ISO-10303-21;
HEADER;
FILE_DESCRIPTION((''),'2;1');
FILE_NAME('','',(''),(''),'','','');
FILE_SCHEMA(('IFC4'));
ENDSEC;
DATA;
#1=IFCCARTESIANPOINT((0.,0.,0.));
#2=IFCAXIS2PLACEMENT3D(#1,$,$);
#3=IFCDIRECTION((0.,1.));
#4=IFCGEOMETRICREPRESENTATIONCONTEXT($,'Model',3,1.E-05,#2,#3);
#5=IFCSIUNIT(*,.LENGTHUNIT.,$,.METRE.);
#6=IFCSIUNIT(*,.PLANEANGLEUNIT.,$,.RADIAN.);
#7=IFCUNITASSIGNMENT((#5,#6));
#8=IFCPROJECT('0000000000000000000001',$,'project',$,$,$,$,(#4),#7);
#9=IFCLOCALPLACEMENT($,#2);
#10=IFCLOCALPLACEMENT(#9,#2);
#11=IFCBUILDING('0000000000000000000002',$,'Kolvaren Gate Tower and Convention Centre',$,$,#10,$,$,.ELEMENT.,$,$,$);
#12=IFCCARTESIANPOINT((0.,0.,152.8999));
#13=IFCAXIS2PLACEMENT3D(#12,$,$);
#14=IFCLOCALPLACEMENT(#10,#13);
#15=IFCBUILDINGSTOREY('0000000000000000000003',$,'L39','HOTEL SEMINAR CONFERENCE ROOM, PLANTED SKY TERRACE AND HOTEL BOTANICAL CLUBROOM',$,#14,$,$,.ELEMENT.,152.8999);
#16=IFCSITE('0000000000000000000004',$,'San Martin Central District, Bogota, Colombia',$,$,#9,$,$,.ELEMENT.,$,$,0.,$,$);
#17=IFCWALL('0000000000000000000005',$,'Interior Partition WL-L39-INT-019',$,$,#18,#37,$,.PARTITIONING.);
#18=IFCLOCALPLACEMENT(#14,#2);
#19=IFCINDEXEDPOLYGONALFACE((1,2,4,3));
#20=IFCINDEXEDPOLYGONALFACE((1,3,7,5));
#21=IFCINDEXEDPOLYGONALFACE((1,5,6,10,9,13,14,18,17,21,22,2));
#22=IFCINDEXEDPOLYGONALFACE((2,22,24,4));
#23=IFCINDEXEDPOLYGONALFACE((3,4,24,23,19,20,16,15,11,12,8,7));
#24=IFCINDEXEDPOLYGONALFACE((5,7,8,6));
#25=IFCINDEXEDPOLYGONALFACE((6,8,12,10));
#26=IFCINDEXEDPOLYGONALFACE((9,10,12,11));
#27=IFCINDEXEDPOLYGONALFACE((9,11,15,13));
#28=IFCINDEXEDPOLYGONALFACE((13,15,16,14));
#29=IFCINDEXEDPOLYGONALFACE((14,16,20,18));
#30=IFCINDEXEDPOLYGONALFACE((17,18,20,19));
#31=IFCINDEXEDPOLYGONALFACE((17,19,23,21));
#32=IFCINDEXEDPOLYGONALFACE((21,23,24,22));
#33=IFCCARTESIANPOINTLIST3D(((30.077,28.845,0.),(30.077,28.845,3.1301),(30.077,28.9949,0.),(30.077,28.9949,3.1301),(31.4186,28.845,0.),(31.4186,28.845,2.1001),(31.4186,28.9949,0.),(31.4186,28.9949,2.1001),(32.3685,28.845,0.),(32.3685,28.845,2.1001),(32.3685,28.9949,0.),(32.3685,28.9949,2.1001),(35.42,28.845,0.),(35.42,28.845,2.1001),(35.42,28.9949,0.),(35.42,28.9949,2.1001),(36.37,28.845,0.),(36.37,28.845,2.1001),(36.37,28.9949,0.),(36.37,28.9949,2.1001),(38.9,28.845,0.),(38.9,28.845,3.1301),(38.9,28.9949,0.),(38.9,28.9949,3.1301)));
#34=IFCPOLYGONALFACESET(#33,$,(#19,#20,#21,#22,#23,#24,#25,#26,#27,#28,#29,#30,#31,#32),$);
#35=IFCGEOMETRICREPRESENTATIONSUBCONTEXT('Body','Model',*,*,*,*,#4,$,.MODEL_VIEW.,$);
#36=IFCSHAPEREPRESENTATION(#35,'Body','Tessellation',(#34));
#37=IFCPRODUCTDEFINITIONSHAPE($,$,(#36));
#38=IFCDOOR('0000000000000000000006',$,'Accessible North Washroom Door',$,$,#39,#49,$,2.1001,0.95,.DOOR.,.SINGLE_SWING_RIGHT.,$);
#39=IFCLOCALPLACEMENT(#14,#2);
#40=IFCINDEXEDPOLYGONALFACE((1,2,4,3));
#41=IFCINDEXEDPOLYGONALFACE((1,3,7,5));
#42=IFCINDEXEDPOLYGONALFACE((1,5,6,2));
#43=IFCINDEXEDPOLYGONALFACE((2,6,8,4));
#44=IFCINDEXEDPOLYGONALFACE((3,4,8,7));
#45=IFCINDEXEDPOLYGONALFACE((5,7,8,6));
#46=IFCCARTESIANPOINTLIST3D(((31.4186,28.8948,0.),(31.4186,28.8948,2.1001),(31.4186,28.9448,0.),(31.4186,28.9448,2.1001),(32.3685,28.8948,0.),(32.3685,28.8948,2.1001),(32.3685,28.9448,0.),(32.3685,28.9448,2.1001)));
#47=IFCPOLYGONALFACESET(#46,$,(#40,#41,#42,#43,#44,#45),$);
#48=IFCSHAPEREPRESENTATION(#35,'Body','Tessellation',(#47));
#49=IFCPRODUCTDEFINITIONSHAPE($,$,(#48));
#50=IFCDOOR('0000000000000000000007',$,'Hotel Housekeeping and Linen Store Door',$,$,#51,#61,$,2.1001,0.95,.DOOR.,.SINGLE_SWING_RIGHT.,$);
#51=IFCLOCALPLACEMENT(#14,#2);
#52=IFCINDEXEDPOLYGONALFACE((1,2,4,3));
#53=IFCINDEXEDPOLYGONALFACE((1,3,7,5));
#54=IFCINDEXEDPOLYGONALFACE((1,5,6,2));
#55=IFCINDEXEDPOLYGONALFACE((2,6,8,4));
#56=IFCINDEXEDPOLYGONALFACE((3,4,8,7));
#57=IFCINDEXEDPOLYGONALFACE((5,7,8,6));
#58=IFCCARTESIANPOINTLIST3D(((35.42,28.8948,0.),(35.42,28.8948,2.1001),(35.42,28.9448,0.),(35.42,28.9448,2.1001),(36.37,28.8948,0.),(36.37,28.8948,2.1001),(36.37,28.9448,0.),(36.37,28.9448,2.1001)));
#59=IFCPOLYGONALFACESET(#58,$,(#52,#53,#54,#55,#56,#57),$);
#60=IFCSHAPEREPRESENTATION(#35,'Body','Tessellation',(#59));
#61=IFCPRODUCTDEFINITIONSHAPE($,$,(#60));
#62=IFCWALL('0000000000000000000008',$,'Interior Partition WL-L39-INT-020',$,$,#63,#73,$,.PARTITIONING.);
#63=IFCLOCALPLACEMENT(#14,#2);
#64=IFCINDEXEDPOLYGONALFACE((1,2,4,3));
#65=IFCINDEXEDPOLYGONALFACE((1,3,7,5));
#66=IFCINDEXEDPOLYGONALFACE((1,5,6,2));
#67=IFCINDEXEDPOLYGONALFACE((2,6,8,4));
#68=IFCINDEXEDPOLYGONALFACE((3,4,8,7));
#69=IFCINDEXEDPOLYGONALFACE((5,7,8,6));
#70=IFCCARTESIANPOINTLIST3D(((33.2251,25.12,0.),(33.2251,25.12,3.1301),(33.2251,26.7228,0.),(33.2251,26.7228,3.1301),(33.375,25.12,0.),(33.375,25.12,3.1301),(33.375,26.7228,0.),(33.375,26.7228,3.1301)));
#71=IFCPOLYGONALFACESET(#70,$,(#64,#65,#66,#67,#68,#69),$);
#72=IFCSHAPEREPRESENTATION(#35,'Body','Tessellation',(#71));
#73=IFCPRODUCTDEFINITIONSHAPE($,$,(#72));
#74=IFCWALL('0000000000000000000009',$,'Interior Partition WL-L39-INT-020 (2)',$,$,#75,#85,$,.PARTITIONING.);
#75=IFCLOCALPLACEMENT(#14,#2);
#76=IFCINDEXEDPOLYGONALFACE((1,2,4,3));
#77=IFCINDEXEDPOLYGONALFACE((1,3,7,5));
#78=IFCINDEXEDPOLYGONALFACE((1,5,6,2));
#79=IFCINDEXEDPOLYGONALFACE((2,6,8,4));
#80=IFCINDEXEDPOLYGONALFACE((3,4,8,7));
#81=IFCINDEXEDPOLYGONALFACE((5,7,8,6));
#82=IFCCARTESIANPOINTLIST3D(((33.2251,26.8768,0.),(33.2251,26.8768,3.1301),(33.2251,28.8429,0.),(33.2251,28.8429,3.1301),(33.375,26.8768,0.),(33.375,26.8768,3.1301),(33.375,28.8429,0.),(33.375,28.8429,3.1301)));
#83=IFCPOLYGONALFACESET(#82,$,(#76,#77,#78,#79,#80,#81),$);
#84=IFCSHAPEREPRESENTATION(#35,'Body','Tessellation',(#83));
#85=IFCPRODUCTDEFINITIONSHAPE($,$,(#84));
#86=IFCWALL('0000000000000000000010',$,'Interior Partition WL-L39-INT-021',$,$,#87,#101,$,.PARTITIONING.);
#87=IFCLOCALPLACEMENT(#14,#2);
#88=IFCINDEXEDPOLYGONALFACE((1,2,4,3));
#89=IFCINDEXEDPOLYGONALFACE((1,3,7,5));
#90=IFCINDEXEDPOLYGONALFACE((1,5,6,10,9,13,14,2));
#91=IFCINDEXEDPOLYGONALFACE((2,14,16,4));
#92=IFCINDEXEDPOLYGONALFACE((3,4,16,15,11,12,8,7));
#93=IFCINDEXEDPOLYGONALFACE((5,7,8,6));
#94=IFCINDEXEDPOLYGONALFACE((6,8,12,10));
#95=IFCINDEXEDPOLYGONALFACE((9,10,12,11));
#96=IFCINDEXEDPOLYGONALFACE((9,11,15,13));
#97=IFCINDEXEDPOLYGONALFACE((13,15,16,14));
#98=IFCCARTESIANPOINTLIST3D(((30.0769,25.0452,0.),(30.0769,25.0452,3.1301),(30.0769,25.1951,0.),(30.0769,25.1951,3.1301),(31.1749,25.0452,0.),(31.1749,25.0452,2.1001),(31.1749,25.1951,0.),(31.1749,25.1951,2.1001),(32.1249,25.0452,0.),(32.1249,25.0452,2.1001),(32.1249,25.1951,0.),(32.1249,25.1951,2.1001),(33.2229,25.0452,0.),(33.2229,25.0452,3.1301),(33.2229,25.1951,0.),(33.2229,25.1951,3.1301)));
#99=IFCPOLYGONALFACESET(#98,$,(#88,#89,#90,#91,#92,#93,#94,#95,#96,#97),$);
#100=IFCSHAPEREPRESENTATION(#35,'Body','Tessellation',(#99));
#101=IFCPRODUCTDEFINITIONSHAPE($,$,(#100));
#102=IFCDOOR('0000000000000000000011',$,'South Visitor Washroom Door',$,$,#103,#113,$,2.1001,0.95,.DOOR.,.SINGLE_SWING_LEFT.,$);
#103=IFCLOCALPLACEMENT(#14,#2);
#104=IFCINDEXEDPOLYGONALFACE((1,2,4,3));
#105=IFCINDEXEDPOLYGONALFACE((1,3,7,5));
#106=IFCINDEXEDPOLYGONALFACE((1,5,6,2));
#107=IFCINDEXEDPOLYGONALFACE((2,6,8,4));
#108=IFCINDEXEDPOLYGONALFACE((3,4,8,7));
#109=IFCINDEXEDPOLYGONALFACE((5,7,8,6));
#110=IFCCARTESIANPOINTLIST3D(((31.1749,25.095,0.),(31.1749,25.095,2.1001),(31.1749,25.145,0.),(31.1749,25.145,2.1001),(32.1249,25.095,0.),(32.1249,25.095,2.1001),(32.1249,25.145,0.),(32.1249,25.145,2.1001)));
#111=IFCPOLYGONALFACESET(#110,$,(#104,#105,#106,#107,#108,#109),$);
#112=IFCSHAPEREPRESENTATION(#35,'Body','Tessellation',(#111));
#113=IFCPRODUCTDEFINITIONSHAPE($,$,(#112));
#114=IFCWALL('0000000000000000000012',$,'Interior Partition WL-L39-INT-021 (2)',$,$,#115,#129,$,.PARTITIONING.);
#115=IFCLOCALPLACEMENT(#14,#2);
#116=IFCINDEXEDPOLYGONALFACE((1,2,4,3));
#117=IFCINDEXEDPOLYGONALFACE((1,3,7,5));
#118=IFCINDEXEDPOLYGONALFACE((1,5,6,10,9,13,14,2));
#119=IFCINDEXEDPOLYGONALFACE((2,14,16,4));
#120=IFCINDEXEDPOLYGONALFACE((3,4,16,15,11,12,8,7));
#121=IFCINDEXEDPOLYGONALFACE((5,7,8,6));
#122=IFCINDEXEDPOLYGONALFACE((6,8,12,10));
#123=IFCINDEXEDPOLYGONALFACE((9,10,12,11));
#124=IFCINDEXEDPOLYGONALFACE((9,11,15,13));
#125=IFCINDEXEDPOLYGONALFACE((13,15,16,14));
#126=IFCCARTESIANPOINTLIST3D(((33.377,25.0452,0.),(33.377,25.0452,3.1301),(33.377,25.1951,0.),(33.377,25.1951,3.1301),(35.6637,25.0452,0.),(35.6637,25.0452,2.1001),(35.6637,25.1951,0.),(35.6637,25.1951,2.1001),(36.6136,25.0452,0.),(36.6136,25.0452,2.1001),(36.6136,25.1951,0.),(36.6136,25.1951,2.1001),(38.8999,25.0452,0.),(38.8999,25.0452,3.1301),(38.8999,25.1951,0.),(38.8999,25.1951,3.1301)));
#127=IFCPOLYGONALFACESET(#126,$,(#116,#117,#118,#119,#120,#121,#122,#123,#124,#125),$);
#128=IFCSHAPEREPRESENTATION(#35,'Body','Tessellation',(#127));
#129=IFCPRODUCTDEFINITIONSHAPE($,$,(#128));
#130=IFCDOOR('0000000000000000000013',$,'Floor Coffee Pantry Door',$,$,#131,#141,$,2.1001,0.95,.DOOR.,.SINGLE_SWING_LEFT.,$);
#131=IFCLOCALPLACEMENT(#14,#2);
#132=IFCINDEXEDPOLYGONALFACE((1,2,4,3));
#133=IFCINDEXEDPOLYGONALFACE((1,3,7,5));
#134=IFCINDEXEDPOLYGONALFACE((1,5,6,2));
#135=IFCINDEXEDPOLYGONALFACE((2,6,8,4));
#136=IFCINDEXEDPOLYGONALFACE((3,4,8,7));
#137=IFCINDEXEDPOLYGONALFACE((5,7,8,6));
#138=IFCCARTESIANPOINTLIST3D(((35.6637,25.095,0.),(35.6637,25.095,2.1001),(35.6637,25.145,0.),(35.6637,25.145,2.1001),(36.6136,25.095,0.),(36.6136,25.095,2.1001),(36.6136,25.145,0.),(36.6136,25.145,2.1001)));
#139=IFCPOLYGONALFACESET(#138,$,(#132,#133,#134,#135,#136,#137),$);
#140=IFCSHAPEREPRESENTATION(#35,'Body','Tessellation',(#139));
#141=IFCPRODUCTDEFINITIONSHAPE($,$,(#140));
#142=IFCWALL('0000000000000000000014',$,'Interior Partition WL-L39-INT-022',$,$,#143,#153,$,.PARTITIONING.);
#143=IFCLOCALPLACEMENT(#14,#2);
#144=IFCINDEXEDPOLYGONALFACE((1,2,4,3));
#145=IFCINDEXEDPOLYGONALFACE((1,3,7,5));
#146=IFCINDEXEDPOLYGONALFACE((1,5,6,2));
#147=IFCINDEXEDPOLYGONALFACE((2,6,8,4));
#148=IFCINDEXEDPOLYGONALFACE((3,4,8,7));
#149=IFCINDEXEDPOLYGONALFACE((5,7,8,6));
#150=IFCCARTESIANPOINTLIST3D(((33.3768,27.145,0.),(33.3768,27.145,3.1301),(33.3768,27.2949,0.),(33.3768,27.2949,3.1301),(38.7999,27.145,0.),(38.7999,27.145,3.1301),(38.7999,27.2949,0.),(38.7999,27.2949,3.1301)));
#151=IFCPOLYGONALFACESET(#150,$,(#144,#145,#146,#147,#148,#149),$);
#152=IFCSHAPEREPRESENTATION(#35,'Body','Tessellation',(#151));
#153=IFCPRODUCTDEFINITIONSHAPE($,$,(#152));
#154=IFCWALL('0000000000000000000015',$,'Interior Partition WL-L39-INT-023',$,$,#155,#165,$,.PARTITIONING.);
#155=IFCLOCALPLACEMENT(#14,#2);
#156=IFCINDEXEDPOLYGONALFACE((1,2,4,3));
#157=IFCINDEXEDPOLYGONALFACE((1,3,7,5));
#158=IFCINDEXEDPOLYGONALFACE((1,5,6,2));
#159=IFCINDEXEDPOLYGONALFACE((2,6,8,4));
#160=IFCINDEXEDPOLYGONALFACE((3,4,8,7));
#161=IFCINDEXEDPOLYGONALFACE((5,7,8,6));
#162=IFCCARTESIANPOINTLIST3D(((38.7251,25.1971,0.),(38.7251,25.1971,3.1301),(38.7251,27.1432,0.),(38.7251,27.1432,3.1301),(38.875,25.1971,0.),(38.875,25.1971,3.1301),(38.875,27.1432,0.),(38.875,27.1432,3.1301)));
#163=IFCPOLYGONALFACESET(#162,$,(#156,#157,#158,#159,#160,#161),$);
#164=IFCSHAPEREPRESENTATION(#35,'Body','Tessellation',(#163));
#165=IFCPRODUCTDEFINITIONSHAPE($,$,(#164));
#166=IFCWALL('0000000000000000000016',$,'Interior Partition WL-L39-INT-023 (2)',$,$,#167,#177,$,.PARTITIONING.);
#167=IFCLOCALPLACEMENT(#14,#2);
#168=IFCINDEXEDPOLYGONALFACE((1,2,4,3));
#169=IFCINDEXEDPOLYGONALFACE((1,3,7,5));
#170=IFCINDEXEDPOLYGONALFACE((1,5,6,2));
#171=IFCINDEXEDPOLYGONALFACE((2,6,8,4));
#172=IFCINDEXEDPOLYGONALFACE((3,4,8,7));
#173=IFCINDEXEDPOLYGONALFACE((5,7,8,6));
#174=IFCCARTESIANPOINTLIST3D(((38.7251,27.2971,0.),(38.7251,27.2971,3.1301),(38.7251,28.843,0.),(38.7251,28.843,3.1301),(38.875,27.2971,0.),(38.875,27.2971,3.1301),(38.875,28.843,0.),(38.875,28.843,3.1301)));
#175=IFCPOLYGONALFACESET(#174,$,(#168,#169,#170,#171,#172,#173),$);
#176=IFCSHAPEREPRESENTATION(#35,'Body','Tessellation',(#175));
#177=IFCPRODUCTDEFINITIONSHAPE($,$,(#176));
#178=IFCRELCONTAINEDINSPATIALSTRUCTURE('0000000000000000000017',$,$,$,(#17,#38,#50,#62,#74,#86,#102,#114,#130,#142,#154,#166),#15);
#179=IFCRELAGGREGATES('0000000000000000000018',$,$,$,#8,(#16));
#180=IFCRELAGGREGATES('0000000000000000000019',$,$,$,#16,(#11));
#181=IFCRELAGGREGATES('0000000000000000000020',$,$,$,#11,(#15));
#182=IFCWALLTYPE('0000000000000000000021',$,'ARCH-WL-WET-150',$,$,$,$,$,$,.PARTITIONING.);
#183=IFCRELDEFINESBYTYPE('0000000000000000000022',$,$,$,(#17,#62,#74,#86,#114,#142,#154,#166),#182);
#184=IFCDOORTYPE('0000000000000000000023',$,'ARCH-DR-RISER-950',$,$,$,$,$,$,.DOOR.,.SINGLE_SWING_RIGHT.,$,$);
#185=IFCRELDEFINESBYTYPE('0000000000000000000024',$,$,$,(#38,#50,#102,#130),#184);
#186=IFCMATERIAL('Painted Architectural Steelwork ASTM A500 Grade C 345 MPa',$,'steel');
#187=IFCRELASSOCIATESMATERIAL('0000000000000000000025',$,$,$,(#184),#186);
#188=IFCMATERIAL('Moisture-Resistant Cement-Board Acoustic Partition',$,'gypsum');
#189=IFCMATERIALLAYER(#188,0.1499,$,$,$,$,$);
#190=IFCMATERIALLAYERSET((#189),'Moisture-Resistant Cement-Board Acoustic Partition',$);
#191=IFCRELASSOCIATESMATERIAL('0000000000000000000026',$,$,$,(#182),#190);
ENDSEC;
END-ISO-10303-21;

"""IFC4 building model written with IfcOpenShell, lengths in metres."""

from ifc_helpers import new_model, si_unit, direction, frame, frame_2d, origin, place, context, subcontext, project, spatial, rectangle, extrude, material, layer, layer_set, type_object, element, fill, save


model = new_model("IFC4")

# Units and contexts
model_context = context("Model", 3, precision=1e-05, world=origin(), true_north=direction((0.0, 1.0)))
body_context = subcontext(model_context, "Body", "Model", "MODEL_VIEW")
ifc_project = project(units=[si_unit("LENGTHUNIT", "METRE"), si_unit("PLANEANGLEUNIT", "RADIAN")], contexts=[model_context])

# Site, building, storey
site_placement = place(None, origin())
site = spatial("IfcSite", under=ifc_project, at=site_placement, Name="San Martin Central District, Bogota, Colombia", CompositionType="ELEMENT", RefElevation=0.0)
building_placement = place(site_placement, origin())
building = spatial("IfcBuilding", under=site, at=building_placement, Name="Kolvaren Gate Tower and Convention Centre", CompositionType="ELEMENT")
storey_placement = place(building_placement, frame((0.0, 0.0, 152.8999)))
storey = spatial("IfcBuildingStorey", under=building, at=storey_placement, Name="L39", Description="HOTEL SEMINAR CONFERENCE ROOM, PLANTED SKY TERRACE AND HOTEL BOTANICAL CLUBROOM", CompositionType="ELEMENT", Elevation=152.8999)

# Shared definitions
ifc_material_1 = material(Name="Painted Architectural Steelwork ASTM A500 Grade C 345 MPa", Category="steel")
door_type = type_object("IfcDoorType", Name="ARCH-DR-RISER-950", OperationType="SINGLE_SWING_RIGHT", PredefinedType="DOOR", material=ifc_material_1)

# Shared definitions
ifc_material_2 = material(Name="Moisture-Resistant Cement-Board Acoustic Partition", Category="gypsum")
ifc_layer_1 = layer(ifc_material_2, 0.1499)
ifc_layer_set_1 = layer_set([ifc_layer_1], Name="Moisture-Resistant Cement-Board Acoustic Partition")
wall_type_1 = type_object("IfcWallType", Name="ARCH-WL-WET-150", PredefinedType="PARTITIONING", material=ifc_layer_set_1)

# Wall, openings, doors
wall_1_placement = place(storey_placement, frame((30.0769, 28.9199, 0.0), z_axis=(0.0, 0.0, 1.0), x_axis=(1.0, 0.0, 0.0)))
wall_1 = element("IfcWall", 1, at=wall_1_placement, inside=storey, type_object=wall_type_1, Name="Interior Partition WL-L39-INT-019", PredefinedType="PARTITIONING", context=body_context, shape_type="SweptSolid", body=[
    extrude(rectangle(XDim=8.823, YDim=0.1499, at=frame_2d((4.4116, 0.0))), origin(), (0.0, 0.0, 1.0), 3.1301),
])
opening_1_placement = place(wall_1_placement, frame((1.3416, 0.0, 0.0)))
opening_1 = element("IfcOpeningElement", 2, at=opening_1_placement, cuts=wall_1, PredefinedType="OPENING", context=body_context, shape_type="SweptSolid", body=[
    extrude(rectangle(XDim=0.95, YDim=2.1001, at=frame_2d((0.4751, 1.05))), frame((0.0, 0.085, 0.0), z_axis=(0.0, -1.0, 0.0), x_axis=(1.0, 0.0, 0.0)), (0.0, 0.0, 1.0), 0.1699),
])
opening_2_placement = place(wall_1_placement, frame((5.343, 0.0, 0.0)))
opening_2 = element("IfcOpeningElement", 3, at=opening_2_placement, cuts=wall_1, PredefinedType="OPENING", context=body_context, shape_type="SweptSolid", body=[
    extrude(rectangle(XDim=0.95, YDim=2.1001, at=frame_2d((0.4751, 1.05))), frame((0.0, 0.085, 0.0), z_axis=(0.0, -1.0, 0.0), x_axis=(1.0, 0.0, 0.0)), (0.0, 0.0, 1.0), 0.1699),
])
door_1_placement = place(opening_1_placement, origin())
door_1 = element("IfcDoor", 4, at=door_1_placement, inside=storey, type_object=door_type, Name="Accessible North Washroom Door", OperationType="SINGLE_SWING_RIGHT", OverallHeight=2.1001, OverallWidth=0.95, PredefinedType="DOOR", context=body_context, shape_type="SweptSolid", body=[
    extrude(rectangle(XDim=0.95, YDim=2.1001, at=frame_2d((0.4751, 1.05))), frame((0.0, 0.0249, 0.0), z_axis=(0.0, -1.0, 0.0), x_axis=(1.0, 0.0, 0.0)), (0.0, 0.0, 1.0), 0.05),
])
fill(opening_1, door_1)
door_2_placement = place(opening_2_placement, origin())
door_2 = element("IfcDoor", 5, at=door_2_placement, inside=storey, type_object=door_type, Name="Hotel Housekeeping and Linen Store Door", OperationType="SINGLE_SWING_RIGHT", OverallHeight=2.1001, OverallWidth=0.95, PredefinedType="DOOR", context=body_context, shape_type="SweptSolid", body=[
    extrude(rectangle(XDim=0.95, YDim=2.1001, at=frame_2d((0.4751, 1.05))), frame((0.0, 0.0249, 0.0), z_axis=(0.0, -1.0, 0.0), x_axis=(1.0, 0.0, 0.0)), (0.0, 0.0, 1.0), 0.05),
])
fill(opening_2, door_2)

# Walls
wall_2_placement = place(storey_placement, frame((33.3, 25.1201, 0.0), z_axis=(0.0, 0.0, 1.0), x_axis=(0.0, 1.0, 0.0)))
element("IfcWall", 6, at=wall_2_placement, inside=storey, type_object=wall_type_1, Name="Interior Partition WL-L39-INT-020", PredefinedType="PARTITIONING", context=body_context, shape_type="SweptSolid", body=[
    extrude(rectangle(XDim=1.6028, YDim=0.1499, at=frame_2d((0.8013, 0.0))), origin(), (0.0, 0.0, 1.0), 3.1301),
])
wall_3_placement = place(storey_placement, frame((33.3, 26.877, 0.0), z_axis=(0.0, 0.0, 1.0), x_axis=(0.0, 1.0, 0.0)))
element("IfcWall", 7, at=wall_3_placement, inside=storey, type_object=wall_type_1, Name="Interior Partition WL-L39-INT-020 (2)", PredefinedType="PARTITIONING", context=body_context, shape_type="SweptSolid", body=[
    extrude(rectangle(XDim=1.9661, YDim=0.1499, at=frame_2d((0.9829, 0.0))), origin(), (0.0, 0.0, 1.0), 3.1301),
])

# Walls, openings, doors
wall_4_placement = place(storey_placement, frame((30.0769, 25.1201, 0.0), z_axis=(0.0, 0.0, 1.0), x_axis=(1.0, 0.0, 0.0)))
wall_4 = element("IfcWall", 8, at=wall_4_placement, inside=storey, type_object=wall_type_1, Name="Interior Partition WL-L39-INT-021", PredefinedType="PARTITIONING", context=body_context, shape_type="SweptSolid", body=[
    extrude(rectangle(XDim=3.146, YDim=0.1499, at=frame_2d((1.573, 0.0))), origin(), (0.0, 0.0, 1.0), 3.1301),
])
opening_3_placement = place(wall_4_placement, frame((1.0979, 0.0, 0.0)))
opening_3 = element("IfcOpeningElement", 9, at=opening_3_placement, cuts=wall_4, PredefinedType="OPENING", context=body_context, shape_type="SweptSolid", body=[
    extrude(rectangle(XDim=0.95, YDim=2.1001, at=frame_2d((0.4751, 1.05))), frame((0.0, 0.085, 0.0), z_axis=(0.0, -1.0, 0.0), x_axis=(1.0, 0.0, 0.0)), (0.0, 0.0, 1.0), 0.1699),
])
door_3_placement = place(opening_3_placement, origin())
door_3 = element("IfcDoor", 10, at=door_3_placement, inside=storey, type_object=door_type, Name="South Visitor Washroom Door", OperationType="SINGLE_SWING_LEFT", OverallHeight=2.1001, OverallWidth=0.95, PredefinedType="DOOR", context=body_context, shape_type="SweptSolid", body=[
    extrude(rectangle(XDim=0.95, YDim=2.1001, at=frame_2d((0.4751, 1.05))), frame((0.0, 0.0249, 0.0), z_axis=(0.0, -1.0, 0.0), x_axis=(1.0, 0.0, 0.0)), (0.0, 0.0, 1.0), 0.05),
])
fill(opening_3, door_3)
wall_5_placement = place(storey_placement, frame((33.377, 25.1201, 0.0), z_axis=(0.0, 0.0, 1.0), x_axis=(1.0, 0.0, 0.0)))
wall_5 = element("IfcWall", 11, at=wall_5_placement, inside=storey, type_object=wall_type_1, Name="Interior Partition WL-L39-INT-021 (2)", PredefinedType="PARTITIONING", context=body_context, shape_type="SweptSolid", body=[
    extrude(rectangle(XDim=5.5229, YDim=0.1499, at=frame_2d((2.7615, 0.0))), origin(), (0.0, 0.0, 1.0), 3.1301),
])
opening_4_placement = place(wall_5_placement, frame((2.2866, 0.0, 0.0)))
opening_4 = element("IfcOpeningElement", 12, at=opening_4_placement, cuts=wall_5, PredefinedType="OPENING", context=body_context, shape_type="SweptSolid", body=[
    extrude(rectangle(XDim=0.95, YDim=2.1001, at=frame_2d((0.4751, 1.05))), frame((0.0, 0.085, 0.0), z_axis=(0.0, -1.0, 0.0), x_axis=(1.0, 0.0, 0.0)), (0.0, 0.0, 1.0), 0.1699),
])
door_4_placement = place(opening_4_placement, origin())
door_4 = element("IfcDoor", 13, at=door_4_placement, inside=storey, type_object=door_type, Name="Floor Coffee Pantry Door", OperationType="SINGLE_SWING_LEFT", OverallHeight=2.1001, OverallWidth=0.95, PredefinedType="DOOR", context=body_context, shape_type="SweptSolid", body=[
    extrude(rectangle(XDim=0.95, YDim=2.1001, at=frame_2d((0.4751, 1.05))), frame((0.0, 0.0249, 0.0), z_axis=(0.0, -1.0, 0.0), x_axis=(1.0, 0.0, 0.0)), (0.0, 0.0, 1.0), 0.05),
])
fill(opening_4, door_4)

# Walls
wall_6_placement = place(storey_placement, frame((33.377, 27.22, 0.0), z_axis=(0.0, 0.0, 1.0), x_axis=(1.0, 0.0, 0.0)))
element("IfcWall", 14, at=wall_6_placement, inside=storey, type_object=wall_type_1, Name="Interior Partition WL-L39-INT-022", PredefinedType="PARTITIONING", context=body_context, shape_type="SweptSolid", body=[
    extrude(rectangle(XDim=5.4231, YDim=0.1499, at=frame_2d((2.7114, 0.0))), origin(), (0.0, 0.0, 1.0), 3.1301),
])
wall_7_placement = place(storey_placement, frame((38.8, 25.197, 0.0), z_axis=(0.0, 0.0, 1.0), x_axis=(0.0, 1.0, 0.0)))
element("IfcWall", 15, at=wall_7_placement, inside=storey, type_object=wall_type_1, Name="Interior Partition WL-L39-INT-023", PredefinedType="PARTITIONING", context=body_context, shape_type="SweptSolid", body=[
    extrude(rectangle(XDim=1.946, YDim=0.1499, at=frame_2d((0.9731, 0.0))), origin(), (0.0, 0.0, 1.0), 3.1301),
])
wall_8_placement = place(storey_placement, frame((38.8, 27.2971, 0.0), z_axis=(0.0, 0.0, 1.0), x_axis=(0.0, 1.0, 0.0)))
element("IfcWall", 16, at=wall_8_placement, inside=storey, type_object=wall_type_1, Name="Interior Partition WL-L39-INT-023 (2)", PredefinedType="PARTITIONING", context=body_context, shape_type="SweptSolid", body=[
    extrude(rectangle(XDim=1.5459, YDim=0.1499, at=frame_2d((0.7729, 0.0))), origin(), (0.0, 0.0, 1.0), 3.1301),
])

save(model, "model.ifc")
